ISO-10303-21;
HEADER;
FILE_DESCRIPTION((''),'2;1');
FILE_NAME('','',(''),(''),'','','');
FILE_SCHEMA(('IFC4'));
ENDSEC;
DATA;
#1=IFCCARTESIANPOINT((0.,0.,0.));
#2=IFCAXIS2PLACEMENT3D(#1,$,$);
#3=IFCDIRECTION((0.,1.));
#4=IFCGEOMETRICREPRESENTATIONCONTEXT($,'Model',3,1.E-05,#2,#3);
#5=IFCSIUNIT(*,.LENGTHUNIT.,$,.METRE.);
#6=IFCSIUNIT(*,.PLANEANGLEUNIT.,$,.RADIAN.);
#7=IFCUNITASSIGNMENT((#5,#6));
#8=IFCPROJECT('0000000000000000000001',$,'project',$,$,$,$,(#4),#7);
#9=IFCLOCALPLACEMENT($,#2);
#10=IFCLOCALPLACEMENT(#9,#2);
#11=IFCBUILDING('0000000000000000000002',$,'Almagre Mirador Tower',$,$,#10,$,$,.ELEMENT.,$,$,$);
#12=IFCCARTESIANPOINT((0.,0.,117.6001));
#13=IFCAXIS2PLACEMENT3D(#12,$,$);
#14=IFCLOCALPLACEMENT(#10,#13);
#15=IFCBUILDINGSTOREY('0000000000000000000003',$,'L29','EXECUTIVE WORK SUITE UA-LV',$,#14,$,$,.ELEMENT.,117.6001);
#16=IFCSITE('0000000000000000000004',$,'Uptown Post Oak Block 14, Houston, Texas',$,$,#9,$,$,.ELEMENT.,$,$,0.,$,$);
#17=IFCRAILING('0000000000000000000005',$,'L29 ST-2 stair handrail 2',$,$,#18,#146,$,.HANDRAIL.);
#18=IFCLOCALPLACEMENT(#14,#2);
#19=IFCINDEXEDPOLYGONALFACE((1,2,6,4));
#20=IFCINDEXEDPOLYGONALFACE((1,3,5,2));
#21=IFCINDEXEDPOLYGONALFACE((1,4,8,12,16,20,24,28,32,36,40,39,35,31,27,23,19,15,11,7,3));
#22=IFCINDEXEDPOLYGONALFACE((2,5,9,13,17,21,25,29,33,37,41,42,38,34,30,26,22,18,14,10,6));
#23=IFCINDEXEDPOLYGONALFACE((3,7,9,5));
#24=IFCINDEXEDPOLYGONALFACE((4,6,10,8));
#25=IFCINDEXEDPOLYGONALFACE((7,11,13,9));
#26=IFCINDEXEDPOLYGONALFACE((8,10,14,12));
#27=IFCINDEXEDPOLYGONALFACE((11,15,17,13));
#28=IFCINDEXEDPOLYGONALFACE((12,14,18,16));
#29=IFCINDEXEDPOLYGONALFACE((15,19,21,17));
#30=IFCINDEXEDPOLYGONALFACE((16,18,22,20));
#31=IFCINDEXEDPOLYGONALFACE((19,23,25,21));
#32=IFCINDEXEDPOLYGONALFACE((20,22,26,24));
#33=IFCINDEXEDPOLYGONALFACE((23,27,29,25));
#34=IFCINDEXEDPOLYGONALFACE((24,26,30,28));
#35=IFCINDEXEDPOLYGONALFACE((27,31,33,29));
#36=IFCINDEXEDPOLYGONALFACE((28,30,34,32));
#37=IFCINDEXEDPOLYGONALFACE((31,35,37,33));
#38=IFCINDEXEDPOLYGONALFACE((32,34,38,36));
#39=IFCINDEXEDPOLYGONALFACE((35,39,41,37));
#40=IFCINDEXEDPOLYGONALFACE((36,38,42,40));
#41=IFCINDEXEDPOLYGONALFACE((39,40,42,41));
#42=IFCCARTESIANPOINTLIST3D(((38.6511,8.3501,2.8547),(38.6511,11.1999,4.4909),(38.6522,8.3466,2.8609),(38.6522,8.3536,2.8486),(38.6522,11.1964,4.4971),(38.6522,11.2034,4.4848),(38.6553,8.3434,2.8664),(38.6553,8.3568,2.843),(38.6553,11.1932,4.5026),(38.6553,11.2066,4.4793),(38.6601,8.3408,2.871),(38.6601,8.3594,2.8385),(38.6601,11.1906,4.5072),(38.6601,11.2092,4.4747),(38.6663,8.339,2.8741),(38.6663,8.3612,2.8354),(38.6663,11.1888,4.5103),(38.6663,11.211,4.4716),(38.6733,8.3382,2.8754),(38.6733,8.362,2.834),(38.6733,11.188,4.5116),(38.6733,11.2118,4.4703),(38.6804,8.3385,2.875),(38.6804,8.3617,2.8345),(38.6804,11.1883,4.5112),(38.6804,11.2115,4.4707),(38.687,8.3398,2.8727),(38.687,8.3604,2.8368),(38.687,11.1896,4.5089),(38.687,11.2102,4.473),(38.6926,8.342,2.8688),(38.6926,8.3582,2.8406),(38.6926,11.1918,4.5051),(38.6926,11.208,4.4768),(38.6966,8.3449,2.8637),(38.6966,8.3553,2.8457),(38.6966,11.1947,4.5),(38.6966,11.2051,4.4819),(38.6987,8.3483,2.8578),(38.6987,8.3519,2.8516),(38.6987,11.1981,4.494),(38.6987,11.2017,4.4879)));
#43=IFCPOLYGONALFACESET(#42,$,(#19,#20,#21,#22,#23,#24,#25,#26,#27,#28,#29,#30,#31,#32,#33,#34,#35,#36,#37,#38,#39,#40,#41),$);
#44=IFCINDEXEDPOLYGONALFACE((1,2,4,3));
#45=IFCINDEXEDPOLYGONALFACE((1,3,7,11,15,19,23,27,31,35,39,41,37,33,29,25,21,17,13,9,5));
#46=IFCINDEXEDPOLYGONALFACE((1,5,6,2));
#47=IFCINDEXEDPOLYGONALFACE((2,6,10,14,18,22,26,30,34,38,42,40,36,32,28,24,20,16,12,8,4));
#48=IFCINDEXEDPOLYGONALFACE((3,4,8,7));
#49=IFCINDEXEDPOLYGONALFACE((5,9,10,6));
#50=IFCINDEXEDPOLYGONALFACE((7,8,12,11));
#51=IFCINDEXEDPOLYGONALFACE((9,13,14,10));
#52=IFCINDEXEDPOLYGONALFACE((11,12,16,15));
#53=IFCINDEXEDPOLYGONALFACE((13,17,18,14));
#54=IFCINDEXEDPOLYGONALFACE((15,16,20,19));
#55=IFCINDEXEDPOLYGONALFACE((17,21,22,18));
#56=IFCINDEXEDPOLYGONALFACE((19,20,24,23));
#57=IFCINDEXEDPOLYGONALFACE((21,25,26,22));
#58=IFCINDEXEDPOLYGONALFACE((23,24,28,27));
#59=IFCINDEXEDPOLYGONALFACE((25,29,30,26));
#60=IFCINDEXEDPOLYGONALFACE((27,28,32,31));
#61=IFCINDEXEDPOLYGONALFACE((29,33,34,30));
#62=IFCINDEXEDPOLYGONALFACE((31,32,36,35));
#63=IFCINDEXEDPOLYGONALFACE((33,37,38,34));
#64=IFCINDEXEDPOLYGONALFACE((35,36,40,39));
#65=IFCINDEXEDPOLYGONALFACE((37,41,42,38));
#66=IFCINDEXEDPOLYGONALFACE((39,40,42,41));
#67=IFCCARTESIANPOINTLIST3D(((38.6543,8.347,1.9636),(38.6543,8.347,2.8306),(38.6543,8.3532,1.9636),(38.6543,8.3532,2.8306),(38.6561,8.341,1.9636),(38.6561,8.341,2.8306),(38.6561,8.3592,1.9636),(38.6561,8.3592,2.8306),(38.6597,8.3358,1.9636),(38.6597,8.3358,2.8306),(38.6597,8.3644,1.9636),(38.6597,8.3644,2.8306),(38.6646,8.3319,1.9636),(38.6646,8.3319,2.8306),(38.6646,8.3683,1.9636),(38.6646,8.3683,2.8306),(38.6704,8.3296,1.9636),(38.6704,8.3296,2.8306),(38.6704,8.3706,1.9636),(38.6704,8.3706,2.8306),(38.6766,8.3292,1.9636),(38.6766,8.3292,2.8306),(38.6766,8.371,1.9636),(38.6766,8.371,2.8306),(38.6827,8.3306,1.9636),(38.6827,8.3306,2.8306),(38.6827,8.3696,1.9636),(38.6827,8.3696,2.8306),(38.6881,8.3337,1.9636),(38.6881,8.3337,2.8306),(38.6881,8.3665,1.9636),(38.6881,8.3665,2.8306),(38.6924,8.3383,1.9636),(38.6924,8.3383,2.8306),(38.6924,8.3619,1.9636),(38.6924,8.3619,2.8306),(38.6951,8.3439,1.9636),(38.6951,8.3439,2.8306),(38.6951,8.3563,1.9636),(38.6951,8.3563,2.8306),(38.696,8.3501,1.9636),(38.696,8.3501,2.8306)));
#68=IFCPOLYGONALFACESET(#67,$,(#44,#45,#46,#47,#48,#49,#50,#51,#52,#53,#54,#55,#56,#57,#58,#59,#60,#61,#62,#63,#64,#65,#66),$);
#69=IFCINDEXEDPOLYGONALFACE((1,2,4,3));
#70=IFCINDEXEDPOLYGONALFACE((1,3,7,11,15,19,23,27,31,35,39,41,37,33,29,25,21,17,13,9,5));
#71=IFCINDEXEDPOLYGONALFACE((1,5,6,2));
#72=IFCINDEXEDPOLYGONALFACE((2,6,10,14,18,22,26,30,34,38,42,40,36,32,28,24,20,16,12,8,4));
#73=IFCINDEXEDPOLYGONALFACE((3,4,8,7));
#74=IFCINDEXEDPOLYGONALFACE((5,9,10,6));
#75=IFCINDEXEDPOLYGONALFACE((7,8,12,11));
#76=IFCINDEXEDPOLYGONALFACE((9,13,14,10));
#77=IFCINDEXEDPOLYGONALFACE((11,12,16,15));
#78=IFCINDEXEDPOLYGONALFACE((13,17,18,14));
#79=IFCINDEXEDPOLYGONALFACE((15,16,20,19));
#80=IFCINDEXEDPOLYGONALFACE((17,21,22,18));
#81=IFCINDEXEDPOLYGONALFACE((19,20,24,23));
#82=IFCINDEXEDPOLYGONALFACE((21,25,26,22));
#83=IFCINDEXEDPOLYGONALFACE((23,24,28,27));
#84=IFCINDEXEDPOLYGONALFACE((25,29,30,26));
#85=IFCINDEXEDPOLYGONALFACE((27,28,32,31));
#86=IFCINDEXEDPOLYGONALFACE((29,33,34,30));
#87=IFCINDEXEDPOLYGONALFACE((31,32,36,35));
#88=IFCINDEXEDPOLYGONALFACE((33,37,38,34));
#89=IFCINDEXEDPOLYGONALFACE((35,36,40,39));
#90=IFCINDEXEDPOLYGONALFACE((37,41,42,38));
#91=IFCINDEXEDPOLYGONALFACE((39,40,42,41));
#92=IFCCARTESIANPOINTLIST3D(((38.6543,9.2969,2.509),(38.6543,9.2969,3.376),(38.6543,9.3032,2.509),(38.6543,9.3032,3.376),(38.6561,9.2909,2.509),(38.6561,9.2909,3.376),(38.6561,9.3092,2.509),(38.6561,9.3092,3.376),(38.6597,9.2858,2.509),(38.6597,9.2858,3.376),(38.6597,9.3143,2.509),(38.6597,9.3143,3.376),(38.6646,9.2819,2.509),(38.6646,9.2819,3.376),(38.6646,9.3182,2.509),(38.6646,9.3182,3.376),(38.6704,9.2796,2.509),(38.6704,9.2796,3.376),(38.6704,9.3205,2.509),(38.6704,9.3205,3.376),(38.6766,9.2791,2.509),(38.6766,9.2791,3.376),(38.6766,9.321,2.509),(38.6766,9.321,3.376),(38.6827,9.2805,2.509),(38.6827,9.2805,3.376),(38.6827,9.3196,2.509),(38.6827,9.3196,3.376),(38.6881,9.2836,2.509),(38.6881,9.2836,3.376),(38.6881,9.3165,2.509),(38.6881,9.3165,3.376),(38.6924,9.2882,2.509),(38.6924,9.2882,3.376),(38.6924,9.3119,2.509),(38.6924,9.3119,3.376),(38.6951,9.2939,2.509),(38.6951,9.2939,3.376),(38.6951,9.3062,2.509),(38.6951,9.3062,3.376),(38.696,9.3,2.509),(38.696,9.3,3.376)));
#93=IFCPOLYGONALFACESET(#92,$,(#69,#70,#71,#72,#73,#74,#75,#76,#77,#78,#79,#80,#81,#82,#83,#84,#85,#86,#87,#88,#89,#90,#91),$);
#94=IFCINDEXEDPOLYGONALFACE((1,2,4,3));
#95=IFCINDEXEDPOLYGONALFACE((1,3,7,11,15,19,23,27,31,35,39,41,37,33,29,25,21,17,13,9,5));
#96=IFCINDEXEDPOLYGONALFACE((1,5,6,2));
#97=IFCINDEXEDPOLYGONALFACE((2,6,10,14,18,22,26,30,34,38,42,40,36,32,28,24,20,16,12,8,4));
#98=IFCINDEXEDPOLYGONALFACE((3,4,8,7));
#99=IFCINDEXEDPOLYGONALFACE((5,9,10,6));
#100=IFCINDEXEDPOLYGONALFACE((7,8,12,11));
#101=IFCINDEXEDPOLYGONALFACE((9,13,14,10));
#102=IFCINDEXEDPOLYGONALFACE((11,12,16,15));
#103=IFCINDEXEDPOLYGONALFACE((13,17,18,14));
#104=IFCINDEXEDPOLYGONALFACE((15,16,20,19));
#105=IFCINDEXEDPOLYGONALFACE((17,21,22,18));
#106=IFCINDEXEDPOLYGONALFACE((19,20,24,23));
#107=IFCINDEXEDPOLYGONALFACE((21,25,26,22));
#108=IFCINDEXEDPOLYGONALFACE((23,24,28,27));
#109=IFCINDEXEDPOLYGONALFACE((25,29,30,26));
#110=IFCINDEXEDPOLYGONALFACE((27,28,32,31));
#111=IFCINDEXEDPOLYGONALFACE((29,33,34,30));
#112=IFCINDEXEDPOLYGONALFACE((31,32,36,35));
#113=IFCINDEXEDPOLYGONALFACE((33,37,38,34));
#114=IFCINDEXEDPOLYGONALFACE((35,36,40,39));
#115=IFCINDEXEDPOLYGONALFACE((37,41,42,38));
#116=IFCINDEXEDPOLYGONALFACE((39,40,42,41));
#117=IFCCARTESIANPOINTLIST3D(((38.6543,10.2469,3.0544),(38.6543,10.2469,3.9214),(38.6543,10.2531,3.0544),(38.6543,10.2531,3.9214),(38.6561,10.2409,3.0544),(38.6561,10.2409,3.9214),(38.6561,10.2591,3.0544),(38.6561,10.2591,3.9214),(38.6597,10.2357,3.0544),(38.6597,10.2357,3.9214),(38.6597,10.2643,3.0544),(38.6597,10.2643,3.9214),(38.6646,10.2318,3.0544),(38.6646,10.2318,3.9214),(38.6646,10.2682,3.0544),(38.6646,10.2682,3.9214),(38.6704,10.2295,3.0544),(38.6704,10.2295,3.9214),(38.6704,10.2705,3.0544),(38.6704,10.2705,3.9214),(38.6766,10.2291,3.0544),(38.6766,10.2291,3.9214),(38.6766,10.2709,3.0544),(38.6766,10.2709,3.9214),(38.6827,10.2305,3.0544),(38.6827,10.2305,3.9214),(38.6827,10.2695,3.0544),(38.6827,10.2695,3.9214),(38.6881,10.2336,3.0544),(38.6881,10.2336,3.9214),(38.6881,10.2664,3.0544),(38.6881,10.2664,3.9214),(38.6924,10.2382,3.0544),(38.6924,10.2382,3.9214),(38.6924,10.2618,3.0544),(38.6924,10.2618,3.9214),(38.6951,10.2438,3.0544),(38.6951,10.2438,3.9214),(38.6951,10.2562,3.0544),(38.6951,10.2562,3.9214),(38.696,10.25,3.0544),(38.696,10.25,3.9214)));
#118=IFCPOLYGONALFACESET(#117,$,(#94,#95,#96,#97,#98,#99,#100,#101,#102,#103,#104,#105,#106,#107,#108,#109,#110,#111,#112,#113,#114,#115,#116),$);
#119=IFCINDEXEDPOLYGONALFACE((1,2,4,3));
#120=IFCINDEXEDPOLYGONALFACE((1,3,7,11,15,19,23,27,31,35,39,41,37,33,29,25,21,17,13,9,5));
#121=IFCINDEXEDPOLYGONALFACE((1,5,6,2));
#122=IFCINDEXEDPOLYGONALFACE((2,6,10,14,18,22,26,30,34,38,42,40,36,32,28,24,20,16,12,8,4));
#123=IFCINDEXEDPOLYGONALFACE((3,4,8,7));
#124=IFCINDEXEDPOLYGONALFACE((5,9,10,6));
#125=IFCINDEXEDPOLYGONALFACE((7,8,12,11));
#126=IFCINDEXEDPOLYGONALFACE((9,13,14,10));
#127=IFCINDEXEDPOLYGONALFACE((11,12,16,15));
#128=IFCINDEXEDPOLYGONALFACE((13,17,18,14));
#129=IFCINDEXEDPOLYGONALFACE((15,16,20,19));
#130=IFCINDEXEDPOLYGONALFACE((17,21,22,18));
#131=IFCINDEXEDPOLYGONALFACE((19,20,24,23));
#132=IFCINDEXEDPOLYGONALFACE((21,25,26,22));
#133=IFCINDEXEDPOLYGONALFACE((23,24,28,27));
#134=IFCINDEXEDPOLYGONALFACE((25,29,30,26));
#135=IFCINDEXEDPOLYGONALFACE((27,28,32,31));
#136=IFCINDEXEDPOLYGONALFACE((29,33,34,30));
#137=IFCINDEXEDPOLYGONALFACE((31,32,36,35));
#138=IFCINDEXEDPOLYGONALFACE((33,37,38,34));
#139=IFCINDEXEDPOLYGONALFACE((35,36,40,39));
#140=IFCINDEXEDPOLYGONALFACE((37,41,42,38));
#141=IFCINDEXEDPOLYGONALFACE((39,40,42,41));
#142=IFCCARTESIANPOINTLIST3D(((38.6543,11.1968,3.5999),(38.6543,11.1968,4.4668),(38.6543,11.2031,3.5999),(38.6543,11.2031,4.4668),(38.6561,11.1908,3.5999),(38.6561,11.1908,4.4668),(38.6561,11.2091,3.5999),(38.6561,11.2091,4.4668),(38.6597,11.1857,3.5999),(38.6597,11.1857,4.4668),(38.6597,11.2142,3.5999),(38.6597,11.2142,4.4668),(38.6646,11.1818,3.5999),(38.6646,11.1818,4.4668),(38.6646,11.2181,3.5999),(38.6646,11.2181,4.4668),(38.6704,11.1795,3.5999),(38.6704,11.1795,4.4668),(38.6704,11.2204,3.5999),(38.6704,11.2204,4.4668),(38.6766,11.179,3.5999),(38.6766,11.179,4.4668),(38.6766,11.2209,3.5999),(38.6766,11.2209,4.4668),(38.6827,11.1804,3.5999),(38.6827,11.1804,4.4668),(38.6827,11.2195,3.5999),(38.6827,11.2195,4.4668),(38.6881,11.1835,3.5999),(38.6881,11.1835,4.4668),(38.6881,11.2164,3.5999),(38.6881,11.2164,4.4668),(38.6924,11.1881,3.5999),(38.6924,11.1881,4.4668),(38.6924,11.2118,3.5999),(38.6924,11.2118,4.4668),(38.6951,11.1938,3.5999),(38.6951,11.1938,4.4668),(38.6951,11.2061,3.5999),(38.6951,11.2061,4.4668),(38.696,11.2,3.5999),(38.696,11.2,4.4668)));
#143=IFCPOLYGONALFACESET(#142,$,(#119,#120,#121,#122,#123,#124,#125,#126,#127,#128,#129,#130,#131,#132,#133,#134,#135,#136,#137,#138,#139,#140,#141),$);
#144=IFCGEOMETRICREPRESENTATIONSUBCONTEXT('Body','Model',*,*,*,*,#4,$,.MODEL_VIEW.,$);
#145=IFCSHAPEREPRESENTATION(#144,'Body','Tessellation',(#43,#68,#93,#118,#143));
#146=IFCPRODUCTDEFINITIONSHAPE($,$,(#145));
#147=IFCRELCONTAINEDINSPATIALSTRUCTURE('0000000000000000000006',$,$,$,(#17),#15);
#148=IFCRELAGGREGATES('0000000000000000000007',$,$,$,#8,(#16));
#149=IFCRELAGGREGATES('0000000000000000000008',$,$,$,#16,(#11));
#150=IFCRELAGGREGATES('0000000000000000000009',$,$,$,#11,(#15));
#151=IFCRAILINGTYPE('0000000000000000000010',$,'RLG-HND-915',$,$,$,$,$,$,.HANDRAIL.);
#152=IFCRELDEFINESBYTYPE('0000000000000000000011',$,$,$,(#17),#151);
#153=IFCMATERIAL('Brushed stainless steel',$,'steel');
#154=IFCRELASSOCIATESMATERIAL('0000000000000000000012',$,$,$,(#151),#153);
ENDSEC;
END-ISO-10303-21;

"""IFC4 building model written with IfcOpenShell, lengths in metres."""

from ifc_helpers import new_model, si_unit, direction, frame, origin, origin_2d, place, context, subcontext, project, spatial, circle, extrude, material, type_object, element, save


model = new_model("IFC4")

# Units and contexts
model_context = context("Model", 3, precision=1e-05, world=origin(), true_north=direction((0.0, 1.0)))
body_context = subcontext(model_context, "Body", "Model", "MODEL_VIEW")
ifc_project = project(units=[si_unit("LENGTHUNIT", "METRE"), si_unit("PLANEANGLEUNIT", "RADIAN")], contexts=[model_context])

# Site, building, storey
site_placement = place(None, origin())
site = spatial("IfcSite", under=ifc_project, at=site_placement, Name="Uptown Post Oak Block 14, Houston, Texas", CompositionType="ELEMENT", RefElevation=0.0)
building_placement = place(site_placement, origin())
building = spatial("IfcBuilding", under=site, at=building_placement, Name="Almagre Mirador Tower", CompositionType="ELEMENT")
storey_placement = place(building_placement, frame((0.0, 0.0, 117.6001)))
storey = spatial("IfcBuildingStorey", under=building, at=storey_placement, Name="L29", Description="EXECUTIVE WORK SUITE UA-LV", CompositionType="ELEMENT", Elevation=117.6001)

# Railing
ifc_material_1 = material(Name="Brushed stainless steel", Category="steel")
railing_type_1 = type_object("IfcRailingType", Name="RLG-HND-915", PredefinedType="HANDRAIL", material=ifc_material_1)
railing_1_placement = place(storey_placement, frame((38.675, 8.3501, 1.9636)))
element("IfcRailing", 1, at=railing_1_placement, inside=storey, type_object=railing_type_1, Name="L29 ST-2 stair handrail 2", PredefinedType="HANDRAIL", context=body_context, shape_type="SweptSolid", body=[
    extrude(circle(Radius=0.0239, at=origin_2d()), frame((0.0, 0.0, 0.8911), z_axis=(0.0, 0.867226, 0.497914), x_axis=(-1.0, 0.0, 0.0)), (0.0, 0.0, 1.0), 3.2861),
    extrude(circle(Radius=0.021, at=origin_2d()), origin(), (0.0, 0.0, 1.0), 0.8669),
    extrude(circle(Radius=0.021, at=origin_2d()), frame((0.0, 0.95, 0.5454)), (0.0, 0.0, 1.0), 0.8669),
    extrude(circle(Radius=0.021, at=origin_2d()), frame((0.0, 1.8999, 1.0908)), (0.0, 0.0, 1.0), 0.8669),
    extrude(circle(Radius=0.021, at=origin_2d()), frame((0.0, 2.8499, 1.6362)), (0.0, 0.0, 1.0), 0.8669),
])

save(model, "model.ifc")
